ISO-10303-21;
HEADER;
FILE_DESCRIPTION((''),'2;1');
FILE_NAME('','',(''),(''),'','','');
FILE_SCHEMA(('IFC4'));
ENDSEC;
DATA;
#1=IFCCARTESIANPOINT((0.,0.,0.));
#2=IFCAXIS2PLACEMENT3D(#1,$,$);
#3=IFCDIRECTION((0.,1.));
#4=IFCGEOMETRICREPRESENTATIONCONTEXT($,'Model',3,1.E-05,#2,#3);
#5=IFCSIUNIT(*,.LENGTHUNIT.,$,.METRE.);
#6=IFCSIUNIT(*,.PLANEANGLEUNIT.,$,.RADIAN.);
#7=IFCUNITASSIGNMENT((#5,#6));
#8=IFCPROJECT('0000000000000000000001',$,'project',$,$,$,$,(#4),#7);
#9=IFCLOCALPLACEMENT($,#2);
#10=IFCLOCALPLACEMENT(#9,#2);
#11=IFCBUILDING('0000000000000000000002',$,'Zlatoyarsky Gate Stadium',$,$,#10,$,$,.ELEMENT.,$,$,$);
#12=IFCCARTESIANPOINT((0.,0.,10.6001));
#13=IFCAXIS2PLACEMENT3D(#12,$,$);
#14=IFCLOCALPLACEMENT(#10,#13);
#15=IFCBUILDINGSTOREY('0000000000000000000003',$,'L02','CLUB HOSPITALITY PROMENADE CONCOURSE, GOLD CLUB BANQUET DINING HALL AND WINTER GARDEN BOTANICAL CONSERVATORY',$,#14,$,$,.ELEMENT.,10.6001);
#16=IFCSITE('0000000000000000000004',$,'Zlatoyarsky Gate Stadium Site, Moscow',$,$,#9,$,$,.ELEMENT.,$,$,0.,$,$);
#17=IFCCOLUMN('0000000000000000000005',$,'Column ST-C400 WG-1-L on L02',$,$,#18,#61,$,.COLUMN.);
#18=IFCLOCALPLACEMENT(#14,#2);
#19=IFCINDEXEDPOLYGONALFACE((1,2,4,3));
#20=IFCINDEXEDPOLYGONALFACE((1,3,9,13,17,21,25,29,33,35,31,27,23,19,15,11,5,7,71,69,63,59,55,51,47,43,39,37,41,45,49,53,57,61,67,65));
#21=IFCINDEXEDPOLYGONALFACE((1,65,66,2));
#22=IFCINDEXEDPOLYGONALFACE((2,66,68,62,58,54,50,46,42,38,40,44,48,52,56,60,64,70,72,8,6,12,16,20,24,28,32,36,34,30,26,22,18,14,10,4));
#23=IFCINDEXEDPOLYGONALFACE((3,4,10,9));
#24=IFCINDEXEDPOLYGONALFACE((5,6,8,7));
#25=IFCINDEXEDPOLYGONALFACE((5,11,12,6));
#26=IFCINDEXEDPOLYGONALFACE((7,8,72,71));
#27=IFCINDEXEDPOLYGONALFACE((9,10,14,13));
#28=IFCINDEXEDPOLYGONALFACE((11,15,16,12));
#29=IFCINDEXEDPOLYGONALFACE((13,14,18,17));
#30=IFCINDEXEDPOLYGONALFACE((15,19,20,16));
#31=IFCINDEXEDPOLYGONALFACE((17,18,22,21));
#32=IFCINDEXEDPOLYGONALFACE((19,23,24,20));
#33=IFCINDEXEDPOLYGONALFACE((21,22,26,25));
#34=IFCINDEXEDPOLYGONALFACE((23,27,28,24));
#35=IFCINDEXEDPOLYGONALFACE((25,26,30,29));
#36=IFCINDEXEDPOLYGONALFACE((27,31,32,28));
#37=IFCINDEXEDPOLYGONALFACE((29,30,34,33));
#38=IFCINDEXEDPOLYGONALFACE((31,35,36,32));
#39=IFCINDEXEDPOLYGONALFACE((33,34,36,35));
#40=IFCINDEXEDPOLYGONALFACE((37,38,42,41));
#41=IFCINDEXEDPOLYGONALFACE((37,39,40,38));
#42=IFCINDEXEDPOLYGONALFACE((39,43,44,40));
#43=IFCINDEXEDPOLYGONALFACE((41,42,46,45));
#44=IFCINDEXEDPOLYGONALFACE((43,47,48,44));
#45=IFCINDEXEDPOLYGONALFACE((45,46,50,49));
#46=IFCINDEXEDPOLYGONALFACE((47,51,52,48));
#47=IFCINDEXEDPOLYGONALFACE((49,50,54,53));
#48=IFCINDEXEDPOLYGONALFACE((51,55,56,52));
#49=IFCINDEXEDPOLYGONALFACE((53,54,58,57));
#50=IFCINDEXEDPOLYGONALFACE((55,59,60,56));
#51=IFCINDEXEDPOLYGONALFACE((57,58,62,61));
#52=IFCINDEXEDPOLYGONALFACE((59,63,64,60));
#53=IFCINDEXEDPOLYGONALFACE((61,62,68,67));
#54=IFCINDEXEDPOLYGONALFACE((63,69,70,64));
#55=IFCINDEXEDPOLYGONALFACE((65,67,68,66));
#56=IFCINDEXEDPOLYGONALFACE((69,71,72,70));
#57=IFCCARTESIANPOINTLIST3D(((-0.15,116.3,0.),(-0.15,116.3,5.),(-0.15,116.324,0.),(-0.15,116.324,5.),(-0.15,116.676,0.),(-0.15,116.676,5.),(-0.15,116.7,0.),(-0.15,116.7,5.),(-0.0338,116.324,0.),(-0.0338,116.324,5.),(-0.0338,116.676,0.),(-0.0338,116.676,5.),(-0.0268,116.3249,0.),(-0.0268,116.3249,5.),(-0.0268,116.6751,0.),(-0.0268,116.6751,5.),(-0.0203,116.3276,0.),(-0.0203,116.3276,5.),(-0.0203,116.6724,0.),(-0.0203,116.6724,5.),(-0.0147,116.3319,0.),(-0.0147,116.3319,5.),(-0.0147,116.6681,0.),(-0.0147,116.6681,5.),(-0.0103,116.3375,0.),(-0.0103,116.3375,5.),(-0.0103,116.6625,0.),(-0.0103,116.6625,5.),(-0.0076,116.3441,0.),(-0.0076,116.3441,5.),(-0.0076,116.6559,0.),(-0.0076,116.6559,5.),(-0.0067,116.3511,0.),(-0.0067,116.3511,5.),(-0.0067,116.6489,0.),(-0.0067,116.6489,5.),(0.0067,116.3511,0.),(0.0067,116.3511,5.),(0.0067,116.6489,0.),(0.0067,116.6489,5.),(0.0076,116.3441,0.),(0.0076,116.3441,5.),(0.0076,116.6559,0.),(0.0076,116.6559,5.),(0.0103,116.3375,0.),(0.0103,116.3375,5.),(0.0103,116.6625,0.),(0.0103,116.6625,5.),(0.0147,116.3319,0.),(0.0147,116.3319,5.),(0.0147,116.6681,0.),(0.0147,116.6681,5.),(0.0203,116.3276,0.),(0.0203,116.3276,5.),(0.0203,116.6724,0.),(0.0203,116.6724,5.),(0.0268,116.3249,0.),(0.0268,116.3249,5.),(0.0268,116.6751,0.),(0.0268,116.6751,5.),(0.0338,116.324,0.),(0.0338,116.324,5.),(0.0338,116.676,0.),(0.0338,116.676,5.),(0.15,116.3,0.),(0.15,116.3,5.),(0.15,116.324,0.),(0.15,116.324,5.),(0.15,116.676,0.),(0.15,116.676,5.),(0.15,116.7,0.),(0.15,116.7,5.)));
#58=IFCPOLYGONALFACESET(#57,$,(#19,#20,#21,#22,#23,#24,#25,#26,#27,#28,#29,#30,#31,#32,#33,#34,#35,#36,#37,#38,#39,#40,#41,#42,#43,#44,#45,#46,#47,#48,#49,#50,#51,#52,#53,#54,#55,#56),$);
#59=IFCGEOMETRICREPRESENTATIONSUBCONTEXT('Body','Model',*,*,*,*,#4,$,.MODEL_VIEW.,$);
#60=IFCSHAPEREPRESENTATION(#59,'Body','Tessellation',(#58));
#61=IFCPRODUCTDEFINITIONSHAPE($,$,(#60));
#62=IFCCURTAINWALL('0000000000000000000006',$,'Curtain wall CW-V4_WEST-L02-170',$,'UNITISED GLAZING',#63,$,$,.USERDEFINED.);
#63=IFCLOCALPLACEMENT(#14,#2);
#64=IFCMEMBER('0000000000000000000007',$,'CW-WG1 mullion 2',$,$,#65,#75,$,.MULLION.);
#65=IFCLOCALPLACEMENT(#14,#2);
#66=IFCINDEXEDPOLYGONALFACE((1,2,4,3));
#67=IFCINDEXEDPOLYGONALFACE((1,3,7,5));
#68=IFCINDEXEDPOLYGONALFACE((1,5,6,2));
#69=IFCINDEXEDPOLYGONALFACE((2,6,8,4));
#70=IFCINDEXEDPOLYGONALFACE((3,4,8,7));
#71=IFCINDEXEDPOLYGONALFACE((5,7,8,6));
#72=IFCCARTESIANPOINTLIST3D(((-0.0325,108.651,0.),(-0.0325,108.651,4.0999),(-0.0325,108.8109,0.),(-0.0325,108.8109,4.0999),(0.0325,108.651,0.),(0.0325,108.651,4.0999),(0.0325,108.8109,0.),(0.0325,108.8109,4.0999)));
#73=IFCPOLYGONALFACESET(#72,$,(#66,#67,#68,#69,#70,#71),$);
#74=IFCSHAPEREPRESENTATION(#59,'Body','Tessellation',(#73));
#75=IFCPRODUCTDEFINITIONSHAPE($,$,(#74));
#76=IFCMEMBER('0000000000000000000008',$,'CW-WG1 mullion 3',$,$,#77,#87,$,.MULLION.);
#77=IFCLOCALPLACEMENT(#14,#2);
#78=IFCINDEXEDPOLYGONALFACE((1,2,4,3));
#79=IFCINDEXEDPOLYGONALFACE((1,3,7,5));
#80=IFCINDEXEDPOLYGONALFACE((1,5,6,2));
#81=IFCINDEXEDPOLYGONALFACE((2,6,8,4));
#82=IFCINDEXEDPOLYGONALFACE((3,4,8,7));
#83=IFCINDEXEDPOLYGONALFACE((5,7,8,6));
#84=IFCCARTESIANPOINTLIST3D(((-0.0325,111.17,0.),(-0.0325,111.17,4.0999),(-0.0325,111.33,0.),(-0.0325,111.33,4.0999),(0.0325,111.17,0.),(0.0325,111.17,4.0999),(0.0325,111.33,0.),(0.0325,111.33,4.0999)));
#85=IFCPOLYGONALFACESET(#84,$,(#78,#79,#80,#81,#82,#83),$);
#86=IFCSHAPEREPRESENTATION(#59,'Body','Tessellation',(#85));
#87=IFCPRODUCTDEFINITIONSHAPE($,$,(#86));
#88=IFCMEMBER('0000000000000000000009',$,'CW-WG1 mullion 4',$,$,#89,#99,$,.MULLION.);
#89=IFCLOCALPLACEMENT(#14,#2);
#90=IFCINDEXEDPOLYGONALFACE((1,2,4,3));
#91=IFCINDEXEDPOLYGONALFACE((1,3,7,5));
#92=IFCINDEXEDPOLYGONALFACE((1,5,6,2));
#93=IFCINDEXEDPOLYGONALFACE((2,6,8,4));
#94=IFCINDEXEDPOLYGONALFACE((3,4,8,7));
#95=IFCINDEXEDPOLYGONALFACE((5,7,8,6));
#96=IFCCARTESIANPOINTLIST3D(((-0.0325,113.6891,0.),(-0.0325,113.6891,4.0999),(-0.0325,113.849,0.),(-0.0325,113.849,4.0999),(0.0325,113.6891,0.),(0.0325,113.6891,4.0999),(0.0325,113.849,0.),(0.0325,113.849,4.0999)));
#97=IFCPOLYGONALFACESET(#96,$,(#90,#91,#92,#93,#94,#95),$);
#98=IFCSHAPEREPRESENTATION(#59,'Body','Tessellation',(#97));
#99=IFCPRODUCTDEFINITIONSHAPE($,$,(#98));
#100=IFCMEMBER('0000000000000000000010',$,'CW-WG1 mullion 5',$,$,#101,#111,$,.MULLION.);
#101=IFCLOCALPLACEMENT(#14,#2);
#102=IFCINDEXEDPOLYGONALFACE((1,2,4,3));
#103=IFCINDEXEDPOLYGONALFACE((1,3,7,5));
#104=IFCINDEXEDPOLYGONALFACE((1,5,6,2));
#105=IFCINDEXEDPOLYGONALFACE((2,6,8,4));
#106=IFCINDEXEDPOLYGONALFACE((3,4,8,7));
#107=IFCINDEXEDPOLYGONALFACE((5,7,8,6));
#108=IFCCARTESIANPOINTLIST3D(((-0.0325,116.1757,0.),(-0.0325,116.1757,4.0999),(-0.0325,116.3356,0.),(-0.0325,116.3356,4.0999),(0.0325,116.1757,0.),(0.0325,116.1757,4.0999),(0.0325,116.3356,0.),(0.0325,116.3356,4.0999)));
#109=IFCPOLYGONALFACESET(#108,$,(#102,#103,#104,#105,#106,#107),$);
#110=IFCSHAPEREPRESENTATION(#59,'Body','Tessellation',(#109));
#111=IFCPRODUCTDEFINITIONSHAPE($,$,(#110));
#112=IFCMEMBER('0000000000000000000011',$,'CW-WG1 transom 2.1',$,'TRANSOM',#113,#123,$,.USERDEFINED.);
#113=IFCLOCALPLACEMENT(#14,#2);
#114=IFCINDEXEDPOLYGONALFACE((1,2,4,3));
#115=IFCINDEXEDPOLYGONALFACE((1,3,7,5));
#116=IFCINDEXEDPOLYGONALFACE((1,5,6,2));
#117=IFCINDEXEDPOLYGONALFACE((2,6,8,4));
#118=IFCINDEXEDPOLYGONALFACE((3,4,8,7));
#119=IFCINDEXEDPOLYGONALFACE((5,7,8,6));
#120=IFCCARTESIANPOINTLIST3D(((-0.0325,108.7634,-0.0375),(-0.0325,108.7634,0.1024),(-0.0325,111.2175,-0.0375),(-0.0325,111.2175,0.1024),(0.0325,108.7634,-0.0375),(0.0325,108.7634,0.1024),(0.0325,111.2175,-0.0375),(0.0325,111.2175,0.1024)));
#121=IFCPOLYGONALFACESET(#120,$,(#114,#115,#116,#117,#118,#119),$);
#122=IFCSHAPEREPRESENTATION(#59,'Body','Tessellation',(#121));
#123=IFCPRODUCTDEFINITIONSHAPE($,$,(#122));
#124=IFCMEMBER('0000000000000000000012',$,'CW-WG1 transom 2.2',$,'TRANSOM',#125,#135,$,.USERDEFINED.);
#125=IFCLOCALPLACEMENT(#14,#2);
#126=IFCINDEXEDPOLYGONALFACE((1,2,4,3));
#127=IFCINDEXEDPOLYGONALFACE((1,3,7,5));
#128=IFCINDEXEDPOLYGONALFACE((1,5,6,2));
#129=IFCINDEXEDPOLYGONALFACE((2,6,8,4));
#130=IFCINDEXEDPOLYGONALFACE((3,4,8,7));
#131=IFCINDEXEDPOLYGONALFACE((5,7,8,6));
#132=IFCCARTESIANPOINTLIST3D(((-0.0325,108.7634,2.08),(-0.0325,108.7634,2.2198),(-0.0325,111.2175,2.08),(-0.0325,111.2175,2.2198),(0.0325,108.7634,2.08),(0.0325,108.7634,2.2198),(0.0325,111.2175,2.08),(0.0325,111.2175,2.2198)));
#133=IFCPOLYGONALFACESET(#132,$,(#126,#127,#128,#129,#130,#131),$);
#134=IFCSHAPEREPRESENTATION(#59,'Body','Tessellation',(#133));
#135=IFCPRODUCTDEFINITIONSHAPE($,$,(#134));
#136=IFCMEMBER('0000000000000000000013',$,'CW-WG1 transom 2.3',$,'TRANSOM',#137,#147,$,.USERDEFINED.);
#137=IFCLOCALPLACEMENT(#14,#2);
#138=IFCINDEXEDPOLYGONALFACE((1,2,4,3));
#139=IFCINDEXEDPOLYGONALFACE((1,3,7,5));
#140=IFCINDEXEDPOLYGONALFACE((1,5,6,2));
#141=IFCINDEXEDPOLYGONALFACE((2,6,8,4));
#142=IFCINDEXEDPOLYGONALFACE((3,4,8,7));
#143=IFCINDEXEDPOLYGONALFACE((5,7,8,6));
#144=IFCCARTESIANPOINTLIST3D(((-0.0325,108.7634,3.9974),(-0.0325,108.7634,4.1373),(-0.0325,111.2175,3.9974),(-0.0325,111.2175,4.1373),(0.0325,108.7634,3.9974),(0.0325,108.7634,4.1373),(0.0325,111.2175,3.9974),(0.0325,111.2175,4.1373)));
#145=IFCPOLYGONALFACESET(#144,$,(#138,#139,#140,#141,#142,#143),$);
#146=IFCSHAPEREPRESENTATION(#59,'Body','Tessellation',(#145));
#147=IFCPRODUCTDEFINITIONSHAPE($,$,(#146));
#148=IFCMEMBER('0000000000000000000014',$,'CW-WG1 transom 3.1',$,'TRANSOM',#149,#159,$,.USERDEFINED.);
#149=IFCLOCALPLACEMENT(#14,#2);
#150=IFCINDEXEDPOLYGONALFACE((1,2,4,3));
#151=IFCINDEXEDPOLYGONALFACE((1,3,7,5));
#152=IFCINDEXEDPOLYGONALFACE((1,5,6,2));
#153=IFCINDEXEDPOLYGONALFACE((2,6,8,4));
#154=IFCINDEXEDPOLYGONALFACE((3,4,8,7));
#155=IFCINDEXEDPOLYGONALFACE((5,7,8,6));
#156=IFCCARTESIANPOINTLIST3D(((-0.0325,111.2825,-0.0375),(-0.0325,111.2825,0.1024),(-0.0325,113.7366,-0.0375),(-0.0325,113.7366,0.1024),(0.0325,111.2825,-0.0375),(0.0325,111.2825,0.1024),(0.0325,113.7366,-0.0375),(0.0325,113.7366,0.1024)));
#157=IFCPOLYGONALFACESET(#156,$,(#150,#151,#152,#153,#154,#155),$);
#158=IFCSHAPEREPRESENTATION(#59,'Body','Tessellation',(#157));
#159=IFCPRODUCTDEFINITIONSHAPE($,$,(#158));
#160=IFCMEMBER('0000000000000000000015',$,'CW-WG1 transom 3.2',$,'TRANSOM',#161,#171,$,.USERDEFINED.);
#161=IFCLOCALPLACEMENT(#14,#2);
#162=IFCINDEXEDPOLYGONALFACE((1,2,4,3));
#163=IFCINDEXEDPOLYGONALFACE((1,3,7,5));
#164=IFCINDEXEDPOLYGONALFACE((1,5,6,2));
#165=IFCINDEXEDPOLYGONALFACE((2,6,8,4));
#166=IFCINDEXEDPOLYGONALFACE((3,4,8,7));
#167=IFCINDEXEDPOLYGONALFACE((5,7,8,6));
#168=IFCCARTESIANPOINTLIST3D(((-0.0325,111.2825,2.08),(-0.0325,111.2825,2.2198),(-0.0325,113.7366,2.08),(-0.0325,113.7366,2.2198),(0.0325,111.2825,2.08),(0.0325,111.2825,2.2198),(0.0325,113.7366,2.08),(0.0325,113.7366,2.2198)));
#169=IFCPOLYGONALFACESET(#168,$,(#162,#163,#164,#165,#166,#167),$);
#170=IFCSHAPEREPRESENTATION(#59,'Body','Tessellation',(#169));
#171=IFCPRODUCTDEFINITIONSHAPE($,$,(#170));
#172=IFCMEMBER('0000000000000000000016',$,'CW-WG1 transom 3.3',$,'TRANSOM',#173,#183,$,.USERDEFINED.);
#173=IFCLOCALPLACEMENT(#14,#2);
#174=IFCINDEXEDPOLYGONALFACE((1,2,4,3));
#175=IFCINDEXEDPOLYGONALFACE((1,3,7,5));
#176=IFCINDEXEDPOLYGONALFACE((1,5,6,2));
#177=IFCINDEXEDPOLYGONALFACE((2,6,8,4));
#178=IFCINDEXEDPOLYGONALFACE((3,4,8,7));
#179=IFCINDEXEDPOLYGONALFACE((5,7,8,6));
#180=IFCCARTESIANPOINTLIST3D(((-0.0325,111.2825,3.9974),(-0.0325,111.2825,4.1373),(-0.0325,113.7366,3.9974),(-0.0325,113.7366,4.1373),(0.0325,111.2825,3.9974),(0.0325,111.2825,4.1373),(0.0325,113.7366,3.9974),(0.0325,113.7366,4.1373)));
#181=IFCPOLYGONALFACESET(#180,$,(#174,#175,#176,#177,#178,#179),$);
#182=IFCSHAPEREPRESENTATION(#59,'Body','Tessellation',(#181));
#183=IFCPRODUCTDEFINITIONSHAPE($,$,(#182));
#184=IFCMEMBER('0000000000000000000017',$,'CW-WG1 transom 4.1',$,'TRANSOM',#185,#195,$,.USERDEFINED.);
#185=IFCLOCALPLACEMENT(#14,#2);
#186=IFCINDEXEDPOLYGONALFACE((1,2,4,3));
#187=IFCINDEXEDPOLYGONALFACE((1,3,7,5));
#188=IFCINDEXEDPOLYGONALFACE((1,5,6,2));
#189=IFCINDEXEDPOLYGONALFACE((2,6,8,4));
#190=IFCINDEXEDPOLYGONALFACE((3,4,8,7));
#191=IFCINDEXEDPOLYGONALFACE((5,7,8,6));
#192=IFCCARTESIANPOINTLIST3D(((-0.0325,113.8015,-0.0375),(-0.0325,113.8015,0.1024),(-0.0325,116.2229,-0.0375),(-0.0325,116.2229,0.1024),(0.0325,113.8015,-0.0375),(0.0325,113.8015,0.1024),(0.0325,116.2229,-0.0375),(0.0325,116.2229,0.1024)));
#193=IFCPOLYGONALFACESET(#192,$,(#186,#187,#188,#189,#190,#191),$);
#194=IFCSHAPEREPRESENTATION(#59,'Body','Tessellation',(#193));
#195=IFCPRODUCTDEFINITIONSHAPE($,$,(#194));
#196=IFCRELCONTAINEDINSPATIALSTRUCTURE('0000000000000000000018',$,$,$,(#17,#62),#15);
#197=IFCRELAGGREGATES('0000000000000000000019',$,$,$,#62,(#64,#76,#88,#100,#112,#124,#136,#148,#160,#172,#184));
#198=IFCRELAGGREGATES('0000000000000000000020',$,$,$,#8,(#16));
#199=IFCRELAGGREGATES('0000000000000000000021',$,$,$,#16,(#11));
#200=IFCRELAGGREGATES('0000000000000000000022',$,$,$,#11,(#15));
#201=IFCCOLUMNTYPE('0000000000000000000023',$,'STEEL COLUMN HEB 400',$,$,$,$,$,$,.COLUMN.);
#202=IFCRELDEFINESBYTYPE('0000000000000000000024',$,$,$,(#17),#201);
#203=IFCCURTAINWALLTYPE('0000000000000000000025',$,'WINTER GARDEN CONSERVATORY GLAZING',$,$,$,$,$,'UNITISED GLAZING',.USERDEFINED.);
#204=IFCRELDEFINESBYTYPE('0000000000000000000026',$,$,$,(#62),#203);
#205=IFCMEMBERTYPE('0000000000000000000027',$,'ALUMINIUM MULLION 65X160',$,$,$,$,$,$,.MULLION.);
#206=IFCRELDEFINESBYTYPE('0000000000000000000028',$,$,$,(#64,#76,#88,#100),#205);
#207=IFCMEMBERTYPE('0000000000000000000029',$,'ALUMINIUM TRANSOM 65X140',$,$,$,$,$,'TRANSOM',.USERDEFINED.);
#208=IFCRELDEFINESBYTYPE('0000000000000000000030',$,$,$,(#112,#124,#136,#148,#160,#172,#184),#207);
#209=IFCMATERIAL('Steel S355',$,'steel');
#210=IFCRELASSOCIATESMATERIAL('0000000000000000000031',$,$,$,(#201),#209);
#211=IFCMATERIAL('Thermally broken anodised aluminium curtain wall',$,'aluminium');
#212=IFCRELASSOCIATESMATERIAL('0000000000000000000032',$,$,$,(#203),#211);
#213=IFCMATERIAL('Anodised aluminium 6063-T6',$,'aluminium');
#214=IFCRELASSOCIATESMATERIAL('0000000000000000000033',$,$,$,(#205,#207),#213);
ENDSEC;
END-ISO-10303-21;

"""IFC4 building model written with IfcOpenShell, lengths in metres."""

from ifc_helpers import new_model, si_unit, direction, frame, origin, origin_2d, place, context, subcontext, project, spatial, rectangle, i_section, extrude, material, material_profile, profile_set, type_object, element, aggregate, save


model = new_model("IFC4")

# Units and contexts
model_context = context("Model", 3, precision=1e-05, world=origin(), true_north=direction((0.0, 1.0)))
body_context = subcontext(model_context, "Body", "Model", "MODEL_VIEW")
ifc_project = project(units=[si_unit("LENGTHUNIT", "METRE"), si_unit("PLANEANGLEUNIT", "RADIAN")], contexts=[model_context])

# Site, building, storey
site_placement = place(None, origin())
site = spatial("IfcSite", under=ifc_project, at=site_placement, Name="Zlatoyarsky Gate Stadium Site, Moscow", CompositionType="ELEMENT", RefElevation=0.0)
building_placement = place(site_placement, origin())
building = spatial("IfcBuilding", under=site, at=building_placement, Name="Zlatoyarsky Gate Stadium", CompositionType="ELEMENT")
storey_placement = place(building_placement, frame((0.0, 0.0, 10.6001)))
storey = spatial("IfcBuildingStorey", under=building, at=storey_placement, Name="L02", Description="CLUB HOSPITALITY PROMENADE CONCOURSE, GOLD CLUB BANQUET DINING HALL AND WINTER GARDEN BOTANICAL CONSERVATORY", CompositionType="ELEMENT", Elevation=10.6001)

# Column
ifc_material_1 = material(Name="Steel S355", Category="steel")
ifc_material_profile_1 = material_profile(ifc_material_1, i_section(OverallWidth=0.3, OverallDepth=0.3999, WebThickness=0.0134, FlangeThickness=0.0239, FilletRadius=0.0271, at=origin_2d()), Name="HEB 400")
ifc_profile_set_1 = profile_set([ifc_material_profile_1], Name="Steel S355")
column_type = type_object("IfcColumnType", Name="STEEL COLUMN HEB 400", PredefinedType="COLUMN", material=ifc_profile_set_1)
column_placement = place(storey_placement, frame((0.0, 116.5, 0.0), z_axis=(0.0, 0.0, 1.0), x_axis=(1.0, 0.0, 0.0)))
element("IfcColumn", 1, at=column_placement, inside=storey, type_object=column_type, Name="Column ST-C400 WG-1-L on L02", PredefinedType="COLUMN", context=body_context, shape_type="SweptSolid", body=[
    extrude(i_section(OverallWidth=0.3, OverallDepth=0.3999, WebThickness=0.0134, FlangeThickness=0.0239, FilletRadius=0.0271, at=origin_2d()), origin(), (0.0, 0.0, 1.0), 5.0),
])

# Curtain wall, members
ifc_material_2 = material(Name="Thermally broken anodised aluminium curtain wall", Category="aluminium")
curtain_wall_type = type_object("IfcCurtainWallType", Name="WINTER GARDEN CONSERVATORY GLAZING", ElementType="UNITISED GLAZING", PredefinedType="USERDEFINED", material=ifc_material_2)
curtain_wall_placement = place(storey_placement, origin())
curtain_wall = element("IfcCurtainWall", 2, at=curtain_wall_placement, inside=storey, type_object=curtain_wall_type, Name="Curtain wall CW-V4_WEST-L02-170", ObjectType="UNITISED GLAZING", PredefinedType="USERDEFINED")
ifc_material_3 = material(Name="Anodised aluminium 6063-T6", Category="aluminium")
ifc_material_profile_2 = material_profile(ifc_material_3, rectangle(XDim=0.0649, YDim=0.1599, at=origin_2d()), Name="ALU 65X160")
ifc_profile_set_2 = profile_set([ifc_material_profile_2], Name="Anodised aluminium 6063-T6")
member_type_1 = type_object("IfcMemberType", Name="ALUMINIUM MULLION 65X160", PredefinedType="MULLION", material=ifc_profile_set_2)
member_1_placement = place(storey_placement, frame((0.0, 108.731, 0.0), z_axis=(0.0, 0.0, 1.0), x_axis=(-1.0, 0.0, 0.0)))
member_1 = element("IfcMember", 3, at=member_1_placement, type_object=member_type_1, Name="CW-WG1 mullion 2", PredefinedType="MULLION", context=body_context, shape_type="SweptSolid", body=[
    extrude(rectangle(XDim=0.0649, YDim=0.1599, at=origin_2d()), origin(), (0.0, 0.0, 1.0), 4.0999),
])
member_2_placement = place(storey_placement, frame((0.0, 111.25, 0.0), z_axis=(0.0, 0.0, 1.0), x_axis=(-1.0, 0.0, 0.0)))
member_2 = element("IfcMember", 4, at=member_2_placement, type_object=member_type_1, Name="CW-WG1 mullion 3", PredefinedType="MULLION", context=body_context, shape_type="SweptSolid", body=[
    extrude(rectangle(XDim=0.0649, YDim=0.1599, at=origin_2d()), origin(), (0.0, 0.0, 1.0), 4.0999),
])
member_3_placement = place(storey_placement, frame((0.0, 113.769, 0.0), z_axis=(0.0, 0.0, 1.0), x_axis=(-1.0, 0.0, 0.0)))
member_3 = element("IfcMember", 5, at=member_3_placement, type_object=member_type_1, Name="CW-WG1 mullion 4", PredefinedType="MULLION", context=body_context, shape_type="SweptSolid", body=[
    extrude(rectangle(XDim=0.0649, YDim=0.1599, at=origin_2d()), origin(), (0.0, 0.0, 1.0), 4.0999),
])
member_4_placement = place(storey_placement, frame((0.0, 116.2556, 0.0), z_axis=(0.0, 0.0, 1.0), x_axis=(-1.0, 0.0, 0.0)))
member_4 = element("IfcMember", 6, at=member_4_placement, type_object=member_type_1, Name="CW-WG1 mullion 5", PredefinedType="MULLION", context=body_context, shape_type="SweptSolid", body=[
    extrude(rectangle(XDim=0.0649, YDim=0.1599, at=origin_2d()), origin(), (0.0, 0.0, 1.0), 4.0999),
])
ifc_material_profile_3 = material_profile(ifc_material_3, rectangle(XDim=0.0649, YDim=0.1399, at=origin_2d()), Name="ALU 65X140")
ifc_profile_set_3 = profile_set([ifc_material_profile_3], Name="Anodised aluminium 6063-T6")
member_type_2 = type_object("IfcMemberType", Name="ALUMINIUM TRANSOM 65X140", ElementType="TRANSOM", PredefinedType="USERDEFINED", material=ifc_profile_set_3)
member_5_placement = place(storey_placement, frame((0.0, 108.7634, 0.0325), z_axis=(0.0, 1.0, 0.0), x_axis=(-1.0, 0.0, 0.0)))
member_5 = element("IfcMember", 7, at=member_5_placement, type_object=member_type_2, Name="CW-WG1 transom 2.1", ObjectType="TRANSOM", PredefinedType="USERDEFINED", context=body_context, shape_type="SweptSolid", body=[
    extrude(rectangle(XDim=0.0649, YDim=0.1399, at=origin_2d()), origin(), (0.0, 0.0, 1.0), 2.4541),
])
member_6_placement = place(storey_placement, frame((0.0, 108.7634, 2.1499), z_axis=(0.0, 1.0, 0.0), x_axis=(-1.0, 0.0, 0.0)))
member_6 = element("IfcMember", 8, at=member_6_placement, type_object=member_type_2, Name="CW-WG1 transom 2.2", ObjectType="TRANSOM", PredefinedType="USERDEFINED", context=body_context, shape_type="SweptSolid", body=[
    extrude(rectangle(XDim=0.0649, YDim=0.1399, at=origin_2d()), origin(), (0.0, 0.0, 1.0), 2.4541),
])
member_7_placement = place(storey_placement, frame((0.0, 108.7634, 4.0674), z_axis=(0.0, 1.0, 0.0), x_axis=(-1.0, 0.0, 0.0)))
member_7 = element("IfcMember", 9, at=member_7_placement, type_object=member_type_2, Name="CW-WG1 transom 2.3", ObjectType="TRANSOM", PredefinedType="USERDEFINED", context=body_context, shape_type="SweptSolid", body=[
    extrude(rectangle(XDim=0.0649, YDim=0.1399, at=origin_2d()), origin(), (0.0, 0.0, 1.0), 2.4541),
])
member_8_placement = place(storey_placement, frame((0.0, 111.2825, 0.0325), z_axis=(0.0, 1.0, 0.0), x_axis=(-1.0, 0.0, 0.0)))
member_8 = element("IfcMember", 10, at=member_8_placement, type_object=member_type_2, Name="CW-WG1 transom 3.1", ObjectType="TRANSOM", PredefinedType="USERDEFINED", context=body_context, shape_type="SweptSolid", body=[
    extrude(rectangle(XDim=0.0649, YDim=0.1399, at=origin_2d()), origin(), (0.0, 0.0, 1.0), 2.4541),
])
member_9_placement = place(storey_placement, frame((0.0, 111.2825, 2.1499), z_axis=(0.0, 1.0, 0.0), x_axis=(-1.0, 0.0, 0.0)))
member_9 = element("IfcMember", 11, at=member_9_placement, type_object=member_type_2, Name="CW-WG1 transom 3.2", ObjectType="TRANSOM", PredefinedType="USERDEFINED", context=body_context, shape_type="SweptSolid", body=[
    extrude(rectangle(XDim=0.0649, YDim=0.1399, at=origin_2d()), origin(), (0.0, 0.0, 1.0), 2.4541),
])
member_10_placement = place(storey_placement, frame((0.0, 111.2825, 4.0674), z_axis=(0.0, 1.0, 0.0), x_axis=(-1.0, 0.0, 0.0)))
member_10 = element("IfcMember", 12, at=member_10_placement, type_object=member_type_2, Name="CW-WG1 transom 3.3", ObjectType="TRANSOM", PredefinedType="USERDEFINED", context=body_context, shape_type="SweptSolid", body=[
    extrude(rectangle(XDim=0.0649, YDim=0.1399, at=origin_2d()), origin(), (0.0, 0.0, 1.0), 2.4541),
])
member_11_placement = place(storey_placement, frame((0.0, 113.8015, 0.0325), z_axis=(0.0, 1.0, 0.0), x_axis=(-1.0, 0.0, 0.0)))
member_11 = element("IfcMember", 13, at=member_11_placement, type_object=member_type_2, Name="CW-WG1 transom 4.1", ObjectType="TRANSOM", PredefinedType="USERDEFINED", context=body_context, shape_type="SweptSolid", body=[
    extrude(rectangle(XDim=0.0649, YDim=0.1399, at=origin_2d()), origin(), (0.0, 0.0, 1.0), 2.4214),
])

aggregate(curtain_wall, [member_1, member_2, member_3, member_4, member_5, member_6, member_7, member_8, member_9, member_10, member_11])

save(model, "model.ifc")
